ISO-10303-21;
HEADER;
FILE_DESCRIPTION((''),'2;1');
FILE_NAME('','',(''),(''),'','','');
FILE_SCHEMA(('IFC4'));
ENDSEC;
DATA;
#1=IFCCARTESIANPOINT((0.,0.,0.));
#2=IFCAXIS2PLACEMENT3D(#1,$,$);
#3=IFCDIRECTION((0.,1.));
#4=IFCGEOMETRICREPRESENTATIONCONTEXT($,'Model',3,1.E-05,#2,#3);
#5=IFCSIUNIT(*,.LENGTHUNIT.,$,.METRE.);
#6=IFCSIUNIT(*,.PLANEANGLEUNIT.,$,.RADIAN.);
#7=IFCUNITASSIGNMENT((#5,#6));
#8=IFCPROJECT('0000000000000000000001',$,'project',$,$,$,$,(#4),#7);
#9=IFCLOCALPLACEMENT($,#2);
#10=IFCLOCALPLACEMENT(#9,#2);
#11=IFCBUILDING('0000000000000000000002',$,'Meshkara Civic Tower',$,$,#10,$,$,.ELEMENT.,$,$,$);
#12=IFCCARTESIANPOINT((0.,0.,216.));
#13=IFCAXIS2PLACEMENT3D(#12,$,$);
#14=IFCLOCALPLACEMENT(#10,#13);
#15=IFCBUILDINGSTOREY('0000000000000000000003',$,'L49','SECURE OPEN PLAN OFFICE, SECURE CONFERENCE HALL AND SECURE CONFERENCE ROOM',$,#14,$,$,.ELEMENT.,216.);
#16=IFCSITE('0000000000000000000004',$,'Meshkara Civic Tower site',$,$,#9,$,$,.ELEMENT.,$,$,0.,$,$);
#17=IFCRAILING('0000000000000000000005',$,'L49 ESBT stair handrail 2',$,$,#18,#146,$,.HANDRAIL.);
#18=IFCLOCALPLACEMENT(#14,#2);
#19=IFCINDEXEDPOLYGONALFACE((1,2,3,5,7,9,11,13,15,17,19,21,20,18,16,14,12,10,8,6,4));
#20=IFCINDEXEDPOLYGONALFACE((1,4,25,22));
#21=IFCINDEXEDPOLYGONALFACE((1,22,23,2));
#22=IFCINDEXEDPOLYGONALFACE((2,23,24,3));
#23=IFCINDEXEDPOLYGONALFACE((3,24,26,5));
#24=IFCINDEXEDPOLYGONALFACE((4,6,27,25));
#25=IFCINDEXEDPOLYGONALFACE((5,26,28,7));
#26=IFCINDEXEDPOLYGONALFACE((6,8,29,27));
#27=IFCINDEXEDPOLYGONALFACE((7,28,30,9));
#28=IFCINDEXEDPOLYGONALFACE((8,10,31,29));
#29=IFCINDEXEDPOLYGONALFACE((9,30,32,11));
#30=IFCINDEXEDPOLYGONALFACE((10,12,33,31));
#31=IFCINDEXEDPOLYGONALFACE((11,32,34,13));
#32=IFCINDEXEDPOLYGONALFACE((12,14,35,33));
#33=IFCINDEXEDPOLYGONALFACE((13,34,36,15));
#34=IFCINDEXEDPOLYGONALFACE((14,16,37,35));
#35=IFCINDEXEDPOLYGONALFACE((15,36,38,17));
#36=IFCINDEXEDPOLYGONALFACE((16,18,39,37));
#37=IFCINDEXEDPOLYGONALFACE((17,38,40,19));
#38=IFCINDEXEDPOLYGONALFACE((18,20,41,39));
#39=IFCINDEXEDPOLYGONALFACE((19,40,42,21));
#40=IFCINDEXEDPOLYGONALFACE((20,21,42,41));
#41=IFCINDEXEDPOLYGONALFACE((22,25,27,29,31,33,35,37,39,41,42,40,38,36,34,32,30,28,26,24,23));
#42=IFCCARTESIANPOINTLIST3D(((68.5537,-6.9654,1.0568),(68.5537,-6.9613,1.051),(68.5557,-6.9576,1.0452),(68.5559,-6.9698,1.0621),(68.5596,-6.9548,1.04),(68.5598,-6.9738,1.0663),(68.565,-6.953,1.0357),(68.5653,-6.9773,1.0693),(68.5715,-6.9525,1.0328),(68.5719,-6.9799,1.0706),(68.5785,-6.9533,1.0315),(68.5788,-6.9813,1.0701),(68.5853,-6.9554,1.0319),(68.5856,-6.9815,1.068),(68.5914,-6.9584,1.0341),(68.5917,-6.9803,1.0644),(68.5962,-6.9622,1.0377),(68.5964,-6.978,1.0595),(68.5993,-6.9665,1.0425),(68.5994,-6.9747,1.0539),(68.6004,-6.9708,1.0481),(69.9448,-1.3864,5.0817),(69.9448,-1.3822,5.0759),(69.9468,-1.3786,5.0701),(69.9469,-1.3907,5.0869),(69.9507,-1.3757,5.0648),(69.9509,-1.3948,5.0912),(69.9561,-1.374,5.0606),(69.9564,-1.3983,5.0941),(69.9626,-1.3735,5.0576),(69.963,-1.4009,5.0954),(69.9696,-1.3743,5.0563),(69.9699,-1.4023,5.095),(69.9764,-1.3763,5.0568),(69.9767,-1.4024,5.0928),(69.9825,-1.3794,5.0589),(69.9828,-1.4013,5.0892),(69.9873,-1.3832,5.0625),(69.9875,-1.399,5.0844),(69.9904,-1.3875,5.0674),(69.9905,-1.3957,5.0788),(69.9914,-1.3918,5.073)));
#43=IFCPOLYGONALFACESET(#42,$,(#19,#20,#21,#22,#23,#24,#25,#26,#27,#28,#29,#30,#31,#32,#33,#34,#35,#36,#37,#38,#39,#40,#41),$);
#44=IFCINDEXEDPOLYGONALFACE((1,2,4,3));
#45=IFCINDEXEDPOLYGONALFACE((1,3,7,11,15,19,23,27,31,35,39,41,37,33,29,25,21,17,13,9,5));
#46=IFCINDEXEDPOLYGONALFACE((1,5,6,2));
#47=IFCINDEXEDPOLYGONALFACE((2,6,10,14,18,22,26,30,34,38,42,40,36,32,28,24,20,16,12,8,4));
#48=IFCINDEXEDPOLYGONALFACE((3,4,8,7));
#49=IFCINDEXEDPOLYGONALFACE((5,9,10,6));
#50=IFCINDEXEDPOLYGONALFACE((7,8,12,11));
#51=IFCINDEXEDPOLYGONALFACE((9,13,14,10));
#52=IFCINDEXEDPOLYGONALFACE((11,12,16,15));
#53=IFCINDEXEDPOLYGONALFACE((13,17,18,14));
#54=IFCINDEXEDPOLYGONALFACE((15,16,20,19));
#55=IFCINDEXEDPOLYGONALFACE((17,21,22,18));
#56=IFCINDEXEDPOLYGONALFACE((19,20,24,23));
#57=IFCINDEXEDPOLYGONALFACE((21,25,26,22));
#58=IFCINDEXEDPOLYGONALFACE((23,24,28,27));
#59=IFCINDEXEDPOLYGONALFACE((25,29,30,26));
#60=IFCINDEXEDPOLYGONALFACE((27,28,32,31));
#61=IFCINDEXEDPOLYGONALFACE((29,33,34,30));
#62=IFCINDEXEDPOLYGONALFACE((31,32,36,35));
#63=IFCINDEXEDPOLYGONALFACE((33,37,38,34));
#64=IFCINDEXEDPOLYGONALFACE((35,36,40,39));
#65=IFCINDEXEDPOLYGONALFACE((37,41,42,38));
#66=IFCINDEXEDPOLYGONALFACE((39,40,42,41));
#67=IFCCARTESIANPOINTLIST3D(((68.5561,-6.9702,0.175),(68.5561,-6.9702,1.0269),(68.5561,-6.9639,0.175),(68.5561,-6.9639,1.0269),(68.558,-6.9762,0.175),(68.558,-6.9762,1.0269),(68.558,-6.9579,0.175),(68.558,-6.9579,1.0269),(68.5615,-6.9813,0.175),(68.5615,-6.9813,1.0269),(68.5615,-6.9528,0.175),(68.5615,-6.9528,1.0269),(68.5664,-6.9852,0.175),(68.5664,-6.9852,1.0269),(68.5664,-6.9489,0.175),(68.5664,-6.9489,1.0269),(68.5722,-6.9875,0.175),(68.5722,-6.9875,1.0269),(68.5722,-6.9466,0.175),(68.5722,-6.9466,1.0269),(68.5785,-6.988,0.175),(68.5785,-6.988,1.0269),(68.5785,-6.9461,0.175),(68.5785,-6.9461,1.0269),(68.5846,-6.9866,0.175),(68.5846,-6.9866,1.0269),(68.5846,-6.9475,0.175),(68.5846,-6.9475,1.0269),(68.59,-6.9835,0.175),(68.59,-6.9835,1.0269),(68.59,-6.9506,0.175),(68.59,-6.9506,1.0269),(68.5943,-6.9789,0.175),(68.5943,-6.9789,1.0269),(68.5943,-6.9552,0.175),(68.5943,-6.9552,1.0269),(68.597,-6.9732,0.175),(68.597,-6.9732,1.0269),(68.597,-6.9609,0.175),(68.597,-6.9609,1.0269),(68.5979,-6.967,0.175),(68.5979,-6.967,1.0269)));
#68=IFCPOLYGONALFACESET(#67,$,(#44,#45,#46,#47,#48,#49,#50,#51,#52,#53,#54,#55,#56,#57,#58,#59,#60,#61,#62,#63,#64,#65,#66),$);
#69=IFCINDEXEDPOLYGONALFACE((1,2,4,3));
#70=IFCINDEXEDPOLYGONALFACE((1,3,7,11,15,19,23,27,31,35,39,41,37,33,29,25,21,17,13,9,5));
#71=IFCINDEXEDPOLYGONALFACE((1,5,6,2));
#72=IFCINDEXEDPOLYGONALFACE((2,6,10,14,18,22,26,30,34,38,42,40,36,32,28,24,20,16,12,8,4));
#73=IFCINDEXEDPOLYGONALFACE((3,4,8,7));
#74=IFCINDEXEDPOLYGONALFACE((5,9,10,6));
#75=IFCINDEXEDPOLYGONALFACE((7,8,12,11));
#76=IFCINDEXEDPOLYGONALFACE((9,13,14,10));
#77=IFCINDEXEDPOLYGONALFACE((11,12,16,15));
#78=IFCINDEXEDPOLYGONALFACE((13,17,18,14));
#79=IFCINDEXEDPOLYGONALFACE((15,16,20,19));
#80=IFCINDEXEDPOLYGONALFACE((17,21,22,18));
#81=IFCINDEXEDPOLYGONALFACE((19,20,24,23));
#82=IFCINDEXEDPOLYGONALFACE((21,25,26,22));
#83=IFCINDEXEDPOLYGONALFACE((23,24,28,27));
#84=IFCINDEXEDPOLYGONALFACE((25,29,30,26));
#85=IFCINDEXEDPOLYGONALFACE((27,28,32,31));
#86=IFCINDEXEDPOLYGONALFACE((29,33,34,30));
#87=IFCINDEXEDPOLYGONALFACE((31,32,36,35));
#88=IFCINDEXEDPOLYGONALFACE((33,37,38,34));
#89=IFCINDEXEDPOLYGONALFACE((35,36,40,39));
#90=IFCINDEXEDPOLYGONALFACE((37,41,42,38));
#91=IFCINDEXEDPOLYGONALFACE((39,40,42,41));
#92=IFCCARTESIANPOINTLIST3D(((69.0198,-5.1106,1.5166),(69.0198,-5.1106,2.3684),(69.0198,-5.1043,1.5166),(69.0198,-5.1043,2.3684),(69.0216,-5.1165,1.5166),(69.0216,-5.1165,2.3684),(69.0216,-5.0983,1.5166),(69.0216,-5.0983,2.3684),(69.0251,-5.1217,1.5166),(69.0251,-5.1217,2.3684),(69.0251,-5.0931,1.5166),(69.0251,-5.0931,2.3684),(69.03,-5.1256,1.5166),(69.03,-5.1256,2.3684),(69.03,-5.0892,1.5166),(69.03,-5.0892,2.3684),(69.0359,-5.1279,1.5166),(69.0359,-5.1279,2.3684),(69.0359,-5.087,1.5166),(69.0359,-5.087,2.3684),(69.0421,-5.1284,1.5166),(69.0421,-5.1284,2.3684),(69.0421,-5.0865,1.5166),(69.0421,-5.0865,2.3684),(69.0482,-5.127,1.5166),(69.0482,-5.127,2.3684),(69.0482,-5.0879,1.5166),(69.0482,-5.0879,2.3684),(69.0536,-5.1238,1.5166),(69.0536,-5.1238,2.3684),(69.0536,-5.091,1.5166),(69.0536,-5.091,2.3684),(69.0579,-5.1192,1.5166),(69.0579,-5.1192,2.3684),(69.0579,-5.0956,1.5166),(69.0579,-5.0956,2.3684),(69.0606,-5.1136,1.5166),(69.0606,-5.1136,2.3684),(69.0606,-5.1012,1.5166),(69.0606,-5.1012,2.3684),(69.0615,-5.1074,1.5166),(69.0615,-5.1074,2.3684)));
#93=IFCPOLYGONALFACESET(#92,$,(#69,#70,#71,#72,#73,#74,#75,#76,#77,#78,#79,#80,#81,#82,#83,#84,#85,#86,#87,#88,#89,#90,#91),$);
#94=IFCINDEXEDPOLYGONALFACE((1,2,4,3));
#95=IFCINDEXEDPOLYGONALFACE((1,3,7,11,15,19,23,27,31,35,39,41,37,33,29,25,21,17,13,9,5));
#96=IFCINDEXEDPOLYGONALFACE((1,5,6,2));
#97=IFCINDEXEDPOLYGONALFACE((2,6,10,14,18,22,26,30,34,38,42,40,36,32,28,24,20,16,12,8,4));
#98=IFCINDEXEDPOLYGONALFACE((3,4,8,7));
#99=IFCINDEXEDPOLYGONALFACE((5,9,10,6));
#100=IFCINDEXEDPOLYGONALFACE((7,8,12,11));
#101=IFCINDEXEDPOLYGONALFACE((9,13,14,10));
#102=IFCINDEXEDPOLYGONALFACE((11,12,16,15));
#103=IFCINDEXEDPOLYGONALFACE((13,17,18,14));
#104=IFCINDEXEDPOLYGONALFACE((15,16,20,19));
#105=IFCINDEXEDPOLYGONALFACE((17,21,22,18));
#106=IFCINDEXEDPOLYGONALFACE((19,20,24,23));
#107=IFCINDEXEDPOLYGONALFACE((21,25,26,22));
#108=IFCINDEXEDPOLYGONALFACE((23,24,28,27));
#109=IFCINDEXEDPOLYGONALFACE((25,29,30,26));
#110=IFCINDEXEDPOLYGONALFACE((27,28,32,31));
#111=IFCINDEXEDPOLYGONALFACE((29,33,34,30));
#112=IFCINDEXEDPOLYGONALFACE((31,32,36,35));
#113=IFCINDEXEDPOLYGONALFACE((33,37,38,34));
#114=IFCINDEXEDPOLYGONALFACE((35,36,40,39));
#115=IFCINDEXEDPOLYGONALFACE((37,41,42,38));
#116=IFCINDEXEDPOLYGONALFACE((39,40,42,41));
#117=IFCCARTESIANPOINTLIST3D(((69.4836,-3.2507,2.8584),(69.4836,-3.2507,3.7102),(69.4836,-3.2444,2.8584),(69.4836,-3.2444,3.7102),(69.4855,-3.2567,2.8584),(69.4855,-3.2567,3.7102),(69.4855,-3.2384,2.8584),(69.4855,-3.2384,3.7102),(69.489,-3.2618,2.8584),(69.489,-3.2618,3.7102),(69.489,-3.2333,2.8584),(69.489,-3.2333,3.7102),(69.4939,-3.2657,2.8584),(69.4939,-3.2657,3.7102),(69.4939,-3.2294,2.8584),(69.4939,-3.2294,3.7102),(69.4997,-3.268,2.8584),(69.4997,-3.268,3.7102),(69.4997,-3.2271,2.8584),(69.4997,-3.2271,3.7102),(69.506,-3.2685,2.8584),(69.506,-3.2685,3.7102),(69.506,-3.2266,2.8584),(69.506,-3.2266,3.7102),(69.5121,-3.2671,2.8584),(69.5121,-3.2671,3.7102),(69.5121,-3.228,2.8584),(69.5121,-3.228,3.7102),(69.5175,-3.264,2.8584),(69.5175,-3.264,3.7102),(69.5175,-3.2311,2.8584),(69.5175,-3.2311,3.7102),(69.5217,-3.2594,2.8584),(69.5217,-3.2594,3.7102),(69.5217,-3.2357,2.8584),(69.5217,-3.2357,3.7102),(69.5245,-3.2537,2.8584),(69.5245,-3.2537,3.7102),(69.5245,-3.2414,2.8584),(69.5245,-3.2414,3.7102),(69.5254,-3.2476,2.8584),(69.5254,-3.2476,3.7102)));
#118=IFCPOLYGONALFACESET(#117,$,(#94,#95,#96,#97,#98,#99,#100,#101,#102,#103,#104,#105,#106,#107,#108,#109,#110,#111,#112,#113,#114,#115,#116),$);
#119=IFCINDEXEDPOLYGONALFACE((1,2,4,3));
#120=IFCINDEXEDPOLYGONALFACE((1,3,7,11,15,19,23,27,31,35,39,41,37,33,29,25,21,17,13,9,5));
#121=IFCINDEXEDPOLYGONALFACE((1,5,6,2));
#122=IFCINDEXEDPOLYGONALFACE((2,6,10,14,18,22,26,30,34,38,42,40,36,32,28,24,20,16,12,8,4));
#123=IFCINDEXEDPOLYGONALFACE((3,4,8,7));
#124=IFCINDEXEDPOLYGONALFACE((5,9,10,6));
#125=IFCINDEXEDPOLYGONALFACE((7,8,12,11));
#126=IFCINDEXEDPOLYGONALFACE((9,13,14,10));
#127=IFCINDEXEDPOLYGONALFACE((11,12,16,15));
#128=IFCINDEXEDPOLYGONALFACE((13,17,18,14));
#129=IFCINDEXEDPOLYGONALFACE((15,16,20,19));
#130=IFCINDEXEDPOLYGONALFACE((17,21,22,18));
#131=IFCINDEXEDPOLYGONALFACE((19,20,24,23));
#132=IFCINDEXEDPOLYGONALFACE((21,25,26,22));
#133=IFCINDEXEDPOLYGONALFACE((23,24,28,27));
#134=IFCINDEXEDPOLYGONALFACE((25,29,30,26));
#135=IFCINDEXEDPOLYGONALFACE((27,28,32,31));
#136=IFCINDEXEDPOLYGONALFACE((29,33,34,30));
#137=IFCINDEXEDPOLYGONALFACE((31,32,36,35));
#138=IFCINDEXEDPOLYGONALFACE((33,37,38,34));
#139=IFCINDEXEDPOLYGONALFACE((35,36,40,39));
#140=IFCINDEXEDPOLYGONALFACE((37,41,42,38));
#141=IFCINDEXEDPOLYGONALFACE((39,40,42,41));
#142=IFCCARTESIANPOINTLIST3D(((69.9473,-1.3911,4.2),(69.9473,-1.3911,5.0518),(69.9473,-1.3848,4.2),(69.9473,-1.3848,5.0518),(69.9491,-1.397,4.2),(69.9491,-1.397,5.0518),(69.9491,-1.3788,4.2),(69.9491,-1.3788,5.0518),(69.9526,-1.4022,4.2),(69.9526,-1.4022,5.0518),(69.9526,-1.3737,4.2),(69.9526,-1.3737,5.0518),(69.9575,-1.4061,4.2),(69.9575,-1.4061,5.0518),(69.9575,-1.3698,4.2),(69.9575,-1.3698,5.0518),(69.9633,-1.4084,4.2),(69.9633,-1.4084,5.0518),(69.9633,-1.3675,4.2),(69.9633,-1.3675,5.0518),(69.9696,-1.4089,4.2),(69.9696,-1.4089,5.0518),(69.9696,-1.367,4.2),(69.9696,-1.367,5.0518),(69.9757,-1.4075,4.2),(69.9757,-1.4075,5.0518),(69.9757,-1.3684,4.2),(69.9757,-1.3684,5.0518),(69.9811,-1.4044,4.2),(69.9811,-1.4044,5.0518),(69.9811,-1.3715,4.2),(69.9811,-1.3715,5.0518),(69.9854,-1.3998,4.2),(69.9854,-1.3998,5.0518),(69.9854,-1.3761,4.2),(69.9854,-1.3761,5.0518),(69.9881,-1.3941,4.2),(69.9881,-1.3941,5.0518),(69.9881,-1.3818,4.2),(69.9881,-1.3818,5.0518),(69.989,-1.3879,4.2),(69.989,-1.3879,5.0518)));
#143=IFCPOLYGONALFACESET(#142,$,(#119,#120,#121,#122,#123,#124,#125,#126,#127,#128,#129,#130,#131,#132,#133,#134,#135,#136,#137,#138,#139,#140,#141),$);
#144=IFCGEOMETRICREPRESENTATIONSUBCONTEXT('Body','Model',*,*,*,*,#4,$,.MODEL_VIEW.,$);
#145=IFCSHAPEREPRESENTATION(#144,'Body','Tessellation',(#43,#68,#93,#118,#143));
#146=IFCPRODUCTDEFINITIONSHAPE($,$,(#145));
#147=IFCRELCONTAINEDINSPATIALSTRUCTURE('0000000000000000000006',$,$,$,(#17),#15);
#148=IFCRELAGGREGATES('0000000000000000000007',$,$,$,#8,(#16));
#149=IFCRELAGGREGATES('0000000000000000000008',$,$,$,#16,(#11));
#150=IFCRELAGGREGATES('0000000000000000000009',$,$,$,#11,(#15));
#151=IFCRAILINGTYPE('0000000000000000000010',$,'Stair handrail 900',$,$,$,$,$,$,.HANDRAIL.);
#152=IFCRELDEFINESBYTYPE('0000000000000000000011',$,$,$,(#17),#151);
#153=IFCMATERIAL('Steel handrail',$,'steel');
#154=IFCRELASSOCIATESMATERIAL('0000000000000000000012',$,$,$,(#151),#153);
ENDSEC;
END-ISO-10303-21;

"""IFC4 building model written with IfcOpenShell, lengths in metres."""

from ifc_helpers import new_model, si_unit, direction, frame, origin, origin_2d, place, context, subcontext, project, spatial, circle, extrude, material, type_object, element, save


model = new_model("IFC4")

# Units and contexts
model_context = context("Model", 3, precision=1e-05, world=origin(), true_north=direction((0.0, 1.0)))
body_context = subcontext(model_context, "Body", "Model", "MODEL_VIEW")
ifc_project = project(units=[si_unit("LENGTHUNIT", "METRE"), si_unit("PLANEANGLEUNIT", "RADIAN")], contexts=[model_context])

# Site, building, storey
site_placement = place(None, origin())
site = spatial("IfcSite", under=ifc_project, at=site_placement, Name="Meshkara Civic Tower site", CompositionType="ELEMENT", RefElevation=0.0)
building_placement = place(site_placement, origin())
building = spatial("IfcBuilding", under=site, at=building_placement, Name="Meshkara Civic Tower", CompositionType="ELEMENT")
storey_placement = place(building_placement, frame((0.0, 0.0, 216.0)))
storey = spatial("IfcBuildingStorey", under=building, at=storey_placement, Name="L49", Description="SECURE OPEN PLAN OFFICE, SECURE CONFERENCE HALL AND SECURE CONFERENCE ROOM", CompositionType="ELEMENT", Elevation=216.0)

# Railing
ifc_material_1 = material(Name="Steel handrail", Category="steel")
railing_type_1 = type_object("IfcRailingType", Name="Stair handrail 900", PredefinedType="HANDRAIL", material=ifc_material_1)
railing_1_placement = place(storey_placement, frame((68.5769, -6.967, 0.175)))
element("IfcRailing", 1, at=railing_1_placement, inside=storey, type_object=railing_type_1, Name="L49 ESBT stair handrail 2", PredefinedType="HANDRAIL", context=body_context, shape_type="SweptSolid", body=[
    extrude(circle(Radius=0.0239, at=origin_2d()), frame((0.0, 0.0, 0.876), z_axis=(0.198202, 0.794897, 0.573458), x_axis=(-0.970292, 0.241936, 0.0)), (0.0, 0.0, 1.0), 7.0186),
    extrude(circle(Radius=0.021, at=origin_2d()), origin(), (0.0, 0.0, 1.0), 0.8518),
    extrude(circle(Radius=0.021, at=origin_2d()), frame((0.4636, 1.8596, 1.3416)), (0.0, 0.0, 1.0), 0.8518),
    extrude(circle(Radius=0.021, at=origin_2d()), frame((0.9275, 3.7195, 2.6833)), (0.0, 0.0, 1.0), 0.8518),
    extrude(circle(Radius=0.021, at=origin_2d()), frame((1.3911, 5.5791, 4.0249)), (0.0, 0.0, 1.0), 0.8518),
])

save(model, "model.ifc")
